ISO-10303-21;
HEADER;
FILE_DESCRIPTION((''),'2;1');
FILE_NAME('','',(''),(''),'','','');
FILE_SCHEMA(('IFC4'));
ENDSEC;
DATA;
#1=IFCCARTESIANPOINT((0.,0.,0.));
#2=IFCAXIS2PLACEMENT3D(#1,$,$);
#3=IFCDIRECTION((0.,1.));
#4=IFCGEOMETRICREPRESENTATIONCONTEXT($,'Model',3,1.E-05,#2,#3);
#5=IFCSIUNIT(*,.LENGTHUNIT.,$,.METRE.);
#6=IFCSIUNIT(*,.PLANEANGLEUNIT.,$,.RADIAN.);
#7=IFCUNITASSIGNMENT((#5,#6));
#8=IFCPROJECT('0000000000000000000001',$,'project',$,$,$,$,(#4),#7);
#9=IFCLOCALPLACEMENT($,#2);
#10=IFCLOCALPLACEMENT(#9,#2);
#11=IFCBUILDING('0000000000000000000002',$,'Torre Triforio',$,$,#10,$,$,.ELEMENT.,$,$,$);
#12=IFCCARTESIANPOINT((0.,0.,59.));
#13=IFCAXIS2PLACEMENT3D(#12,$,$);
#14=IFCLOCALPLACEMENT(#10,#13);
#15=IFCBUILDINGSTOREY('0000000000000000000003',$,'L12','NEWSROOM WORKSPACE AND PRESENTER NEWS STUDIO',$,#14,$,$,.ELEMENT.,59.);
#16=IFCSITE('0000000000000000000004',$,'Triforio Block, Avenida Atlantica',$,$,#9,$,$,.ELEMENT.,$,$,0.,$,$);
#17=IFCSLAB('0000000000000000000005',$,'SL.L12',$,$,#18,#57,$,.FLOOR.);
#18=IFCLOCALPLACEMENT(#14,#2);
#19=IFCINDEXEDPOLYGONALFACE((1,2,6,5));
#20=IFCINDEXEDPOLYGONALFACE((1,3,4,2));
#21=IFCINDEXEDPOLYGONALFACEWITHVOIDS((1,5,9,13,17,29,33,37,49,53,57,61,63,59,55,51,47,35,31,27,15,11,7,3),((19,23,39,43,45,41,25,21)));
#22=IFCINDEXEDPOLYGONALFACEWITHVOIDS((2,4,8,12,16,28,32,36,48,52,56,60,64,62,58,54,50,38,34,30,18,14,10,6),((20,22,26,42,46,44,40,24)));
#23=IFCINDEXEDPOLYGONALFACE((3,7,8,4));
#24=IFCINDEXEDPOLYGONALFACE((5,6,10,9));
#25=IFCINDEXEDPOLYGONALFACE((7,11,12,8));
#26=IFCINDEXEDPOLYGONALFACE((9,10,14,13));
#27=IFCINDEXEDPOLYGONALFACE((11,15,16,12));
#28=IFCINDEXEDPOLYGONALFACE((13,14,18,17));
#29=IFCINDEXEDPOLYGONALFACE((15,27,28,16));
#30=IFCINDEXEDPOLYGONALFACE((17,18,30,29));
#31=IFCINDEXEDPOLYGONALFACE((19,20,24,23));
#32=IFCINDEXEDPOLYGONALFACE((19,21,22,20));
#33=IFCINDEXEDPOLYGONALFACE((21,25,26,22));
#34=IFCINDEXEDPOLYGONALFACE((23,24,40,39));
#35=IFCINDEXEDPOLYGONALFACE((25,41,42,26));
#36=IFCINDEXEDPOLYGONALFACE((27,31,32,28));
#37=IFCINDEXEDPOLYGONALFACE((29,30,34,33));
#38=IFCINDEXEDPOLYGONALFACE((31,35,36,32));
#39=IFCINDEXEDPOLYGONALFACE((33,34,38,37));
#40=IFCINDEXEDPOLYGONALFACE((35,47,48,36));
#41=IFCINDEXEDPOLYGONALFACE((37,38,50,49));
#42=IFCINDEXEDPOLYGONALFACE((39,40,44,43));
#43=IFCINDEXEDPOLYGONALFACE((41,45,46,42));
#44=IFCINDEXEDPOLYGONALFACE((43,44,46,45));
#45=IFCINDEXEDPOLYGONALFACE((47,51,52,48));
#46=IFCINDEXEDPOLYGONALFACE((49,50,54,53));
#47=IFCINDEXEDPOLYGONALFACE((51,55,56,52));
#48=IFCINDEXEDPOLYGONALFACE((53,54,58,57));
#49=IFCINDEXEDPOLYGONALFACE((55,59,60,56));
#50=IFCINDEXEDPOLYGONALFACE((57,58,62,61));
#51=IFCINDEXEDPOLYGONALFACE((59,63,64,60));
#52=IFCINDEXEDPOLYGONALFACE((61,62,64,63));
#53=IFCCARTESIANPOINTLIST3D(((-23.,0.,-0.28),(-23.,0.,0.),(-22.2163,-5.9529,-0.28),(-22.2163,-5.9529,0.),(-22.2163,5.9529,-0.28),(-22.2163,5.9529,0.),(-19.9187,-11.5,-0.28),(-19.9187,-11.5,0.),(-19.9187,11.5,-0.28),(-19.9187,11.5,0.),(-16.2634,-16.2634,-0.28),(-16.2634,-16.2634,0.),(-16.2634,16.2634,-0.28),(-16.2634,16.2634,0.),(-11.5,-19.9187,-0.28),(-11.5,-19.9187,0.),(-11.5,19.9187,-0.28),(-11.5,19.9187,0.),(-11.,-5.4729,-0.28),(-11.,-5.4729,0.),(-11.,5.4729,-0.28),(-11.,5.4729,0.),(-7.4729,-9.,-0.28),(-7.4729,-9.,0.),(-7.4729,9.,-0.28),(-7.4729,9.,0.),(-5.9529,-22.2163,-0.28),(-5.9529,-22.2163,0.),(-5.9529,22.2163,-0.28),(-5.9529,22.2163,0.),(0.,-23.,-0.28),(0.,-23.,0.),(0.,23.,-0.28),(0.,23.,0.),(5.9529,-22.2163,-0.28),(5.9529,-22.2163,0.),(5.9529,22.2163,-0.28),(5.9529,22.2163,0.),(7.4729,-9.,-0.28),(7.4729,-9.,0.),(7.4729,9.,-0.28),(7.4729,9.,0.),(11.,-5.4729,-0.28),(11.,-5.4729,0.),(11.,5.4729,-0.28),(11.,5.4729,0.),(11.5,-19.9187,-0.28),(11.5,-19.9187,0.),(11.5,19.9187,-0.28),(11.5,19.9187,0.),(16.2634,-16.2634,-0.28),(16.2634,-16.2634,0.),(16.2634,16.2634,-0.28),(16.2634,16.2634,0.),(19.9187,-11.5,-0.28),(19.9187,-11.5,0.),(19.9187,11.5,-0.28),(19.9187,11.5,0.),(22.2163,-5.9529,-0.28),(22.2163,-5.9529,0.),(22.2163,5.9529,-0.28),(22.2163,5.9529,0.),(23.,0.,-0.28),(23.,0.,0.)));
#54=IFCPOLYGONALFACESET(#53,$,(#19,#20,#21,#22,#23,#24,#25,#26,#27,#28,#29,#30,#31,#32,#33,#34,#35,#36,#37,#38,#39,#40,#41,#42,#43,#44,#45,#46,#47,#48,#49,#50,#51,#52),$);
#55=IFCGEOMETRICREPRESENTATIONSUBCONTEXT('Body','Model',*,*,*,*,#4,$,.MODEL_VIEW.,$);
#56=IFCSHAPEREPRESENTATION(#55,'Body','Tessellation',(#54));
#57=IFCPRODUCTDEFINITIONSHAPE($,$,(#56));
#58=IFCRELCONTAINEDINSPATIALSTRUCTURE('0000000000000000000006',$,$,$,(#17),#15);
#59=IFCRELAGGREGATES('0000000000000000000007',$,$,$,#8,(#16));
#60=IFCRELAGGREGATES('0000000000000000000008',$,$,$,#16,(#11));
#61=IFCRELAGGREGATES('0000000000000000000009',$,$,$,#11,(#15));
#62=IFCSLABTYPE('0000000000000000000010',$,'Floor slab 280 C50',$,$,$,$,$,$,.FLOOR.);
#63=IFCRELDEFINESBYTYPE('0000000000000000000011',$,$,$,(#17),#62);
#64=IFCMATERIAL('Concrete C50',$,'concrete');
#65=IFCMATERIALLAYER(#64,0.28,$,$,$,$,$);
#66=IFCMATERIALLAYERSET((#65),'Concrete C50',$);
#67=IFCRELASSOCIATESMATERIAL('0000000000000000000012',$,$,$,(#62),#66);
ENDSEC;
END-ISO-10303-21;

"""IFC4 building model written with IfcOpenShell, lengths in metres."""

from ifc_helpers import new_model, si_unit, direction, frame, origin, place, context, subcontext, project, spatial, polyline, outline, extrude, material, layer, layer_set, type_object, element, save


model = new_model("IFC4")

# Units and contexts
model_context = context("Model", 3, precision=1e-05, world=origin(), true_north=direction((0.0, 1.0)))
body_context = subcontext(model_context, "Body", "Model", "MODEL_VIEW")
ifc_project = project(units=[si_unit("LENGTHUNIT", "METRE"), si_unit("PLANEANGLEUNIT", "RADIAN")], contexts=[model_context])

# Site, building, storey
site_placement = place(None, origin())
site = spatial("IfcSite", under=ifc_project, at=site_placement, Name="Triforio Block, Avenida Atlantica", CompositionType="ELEMENT", RefElevation=0.0)
building_placement = place(site_placement, origin())
building = spatial("IfcBuilding", under=site, at=building_placement, Name="Torre Triforio", CompositionType="ELEMENT")
storey_placement = place(building_placement, frame((0.0, 0.0, 59.0)))
storey = spatial("IfcBuildingStorey", under=building, at=storey_placement, Name="L12", Description="NEWSROOM WORKSPACE AND PRESENTER NEWS STUDIO", CompositionType="ELEMENT", Elevation=59.0)

# Slab
ifc_material_1 = material(Name="Concrete C50", Category="concrete")
ifc_layer_1 = layer(ifc_material_1, 0.28)
ifc_layer_set_1 = layer_set([ifc_layer_1], Name="Concrete C50")
slab_type_1 = type_object("IfcSlabType", Name="Floor slab 280 C50", PredefinedType="FLOOR", material=ifc_layer_set_1)
slab_1_placement = place(storey_placement, frame((0.0, 0.0, -0.28)))
element("IfcSlab", 1, at=slab_1_placement, inside=storey, type_object=slab_type_1, Name="SL.L12", PredefinedType="FLOOR", context=body_context, shape_type="SweptSolid", body=[
    extrude(outline(polyline([(19.9187, -11.5), (22.2163, -5.9529), (23.0, 0.0), (22.2163, 5.9529), (19.9187, 11.5), (16.2634, 16.2634), (11.5, 19.9187), (5.9529, 22.2163), (0.0, 23.0), (-5.9529, 22.2163), (-11.5, 19.9187), (-16.2634, 16.2634), (-19.9187, 11.5), (-22.2163, 5.9529), (-23.0, 0.0), (-22.2163, -5.9529), (-19.9187, -11.5), (-16.2634, -16.2634), (-11.5, -19.9187), (-5.9529, -22.2163), (0.0, -23.0), (5.9529, -22.2163), (11.5, -19.9187), (16.2634, -16.2634), (19.9187, -11.5)]), holes=[polyline([(11.0, 5.4729), (11.0, -5.4729), (7.4729, -9.0), (-7.4729, -9.0), (-11.0, -5.4729), (-11.0, 5.4729), (-7.4729, 9.0), (7.4729, 9.0), (11.0, 5.4729)])]), origin(), (0.0, 0.0, 1.0), 0.28),
])

save(model, "model.ifc")
